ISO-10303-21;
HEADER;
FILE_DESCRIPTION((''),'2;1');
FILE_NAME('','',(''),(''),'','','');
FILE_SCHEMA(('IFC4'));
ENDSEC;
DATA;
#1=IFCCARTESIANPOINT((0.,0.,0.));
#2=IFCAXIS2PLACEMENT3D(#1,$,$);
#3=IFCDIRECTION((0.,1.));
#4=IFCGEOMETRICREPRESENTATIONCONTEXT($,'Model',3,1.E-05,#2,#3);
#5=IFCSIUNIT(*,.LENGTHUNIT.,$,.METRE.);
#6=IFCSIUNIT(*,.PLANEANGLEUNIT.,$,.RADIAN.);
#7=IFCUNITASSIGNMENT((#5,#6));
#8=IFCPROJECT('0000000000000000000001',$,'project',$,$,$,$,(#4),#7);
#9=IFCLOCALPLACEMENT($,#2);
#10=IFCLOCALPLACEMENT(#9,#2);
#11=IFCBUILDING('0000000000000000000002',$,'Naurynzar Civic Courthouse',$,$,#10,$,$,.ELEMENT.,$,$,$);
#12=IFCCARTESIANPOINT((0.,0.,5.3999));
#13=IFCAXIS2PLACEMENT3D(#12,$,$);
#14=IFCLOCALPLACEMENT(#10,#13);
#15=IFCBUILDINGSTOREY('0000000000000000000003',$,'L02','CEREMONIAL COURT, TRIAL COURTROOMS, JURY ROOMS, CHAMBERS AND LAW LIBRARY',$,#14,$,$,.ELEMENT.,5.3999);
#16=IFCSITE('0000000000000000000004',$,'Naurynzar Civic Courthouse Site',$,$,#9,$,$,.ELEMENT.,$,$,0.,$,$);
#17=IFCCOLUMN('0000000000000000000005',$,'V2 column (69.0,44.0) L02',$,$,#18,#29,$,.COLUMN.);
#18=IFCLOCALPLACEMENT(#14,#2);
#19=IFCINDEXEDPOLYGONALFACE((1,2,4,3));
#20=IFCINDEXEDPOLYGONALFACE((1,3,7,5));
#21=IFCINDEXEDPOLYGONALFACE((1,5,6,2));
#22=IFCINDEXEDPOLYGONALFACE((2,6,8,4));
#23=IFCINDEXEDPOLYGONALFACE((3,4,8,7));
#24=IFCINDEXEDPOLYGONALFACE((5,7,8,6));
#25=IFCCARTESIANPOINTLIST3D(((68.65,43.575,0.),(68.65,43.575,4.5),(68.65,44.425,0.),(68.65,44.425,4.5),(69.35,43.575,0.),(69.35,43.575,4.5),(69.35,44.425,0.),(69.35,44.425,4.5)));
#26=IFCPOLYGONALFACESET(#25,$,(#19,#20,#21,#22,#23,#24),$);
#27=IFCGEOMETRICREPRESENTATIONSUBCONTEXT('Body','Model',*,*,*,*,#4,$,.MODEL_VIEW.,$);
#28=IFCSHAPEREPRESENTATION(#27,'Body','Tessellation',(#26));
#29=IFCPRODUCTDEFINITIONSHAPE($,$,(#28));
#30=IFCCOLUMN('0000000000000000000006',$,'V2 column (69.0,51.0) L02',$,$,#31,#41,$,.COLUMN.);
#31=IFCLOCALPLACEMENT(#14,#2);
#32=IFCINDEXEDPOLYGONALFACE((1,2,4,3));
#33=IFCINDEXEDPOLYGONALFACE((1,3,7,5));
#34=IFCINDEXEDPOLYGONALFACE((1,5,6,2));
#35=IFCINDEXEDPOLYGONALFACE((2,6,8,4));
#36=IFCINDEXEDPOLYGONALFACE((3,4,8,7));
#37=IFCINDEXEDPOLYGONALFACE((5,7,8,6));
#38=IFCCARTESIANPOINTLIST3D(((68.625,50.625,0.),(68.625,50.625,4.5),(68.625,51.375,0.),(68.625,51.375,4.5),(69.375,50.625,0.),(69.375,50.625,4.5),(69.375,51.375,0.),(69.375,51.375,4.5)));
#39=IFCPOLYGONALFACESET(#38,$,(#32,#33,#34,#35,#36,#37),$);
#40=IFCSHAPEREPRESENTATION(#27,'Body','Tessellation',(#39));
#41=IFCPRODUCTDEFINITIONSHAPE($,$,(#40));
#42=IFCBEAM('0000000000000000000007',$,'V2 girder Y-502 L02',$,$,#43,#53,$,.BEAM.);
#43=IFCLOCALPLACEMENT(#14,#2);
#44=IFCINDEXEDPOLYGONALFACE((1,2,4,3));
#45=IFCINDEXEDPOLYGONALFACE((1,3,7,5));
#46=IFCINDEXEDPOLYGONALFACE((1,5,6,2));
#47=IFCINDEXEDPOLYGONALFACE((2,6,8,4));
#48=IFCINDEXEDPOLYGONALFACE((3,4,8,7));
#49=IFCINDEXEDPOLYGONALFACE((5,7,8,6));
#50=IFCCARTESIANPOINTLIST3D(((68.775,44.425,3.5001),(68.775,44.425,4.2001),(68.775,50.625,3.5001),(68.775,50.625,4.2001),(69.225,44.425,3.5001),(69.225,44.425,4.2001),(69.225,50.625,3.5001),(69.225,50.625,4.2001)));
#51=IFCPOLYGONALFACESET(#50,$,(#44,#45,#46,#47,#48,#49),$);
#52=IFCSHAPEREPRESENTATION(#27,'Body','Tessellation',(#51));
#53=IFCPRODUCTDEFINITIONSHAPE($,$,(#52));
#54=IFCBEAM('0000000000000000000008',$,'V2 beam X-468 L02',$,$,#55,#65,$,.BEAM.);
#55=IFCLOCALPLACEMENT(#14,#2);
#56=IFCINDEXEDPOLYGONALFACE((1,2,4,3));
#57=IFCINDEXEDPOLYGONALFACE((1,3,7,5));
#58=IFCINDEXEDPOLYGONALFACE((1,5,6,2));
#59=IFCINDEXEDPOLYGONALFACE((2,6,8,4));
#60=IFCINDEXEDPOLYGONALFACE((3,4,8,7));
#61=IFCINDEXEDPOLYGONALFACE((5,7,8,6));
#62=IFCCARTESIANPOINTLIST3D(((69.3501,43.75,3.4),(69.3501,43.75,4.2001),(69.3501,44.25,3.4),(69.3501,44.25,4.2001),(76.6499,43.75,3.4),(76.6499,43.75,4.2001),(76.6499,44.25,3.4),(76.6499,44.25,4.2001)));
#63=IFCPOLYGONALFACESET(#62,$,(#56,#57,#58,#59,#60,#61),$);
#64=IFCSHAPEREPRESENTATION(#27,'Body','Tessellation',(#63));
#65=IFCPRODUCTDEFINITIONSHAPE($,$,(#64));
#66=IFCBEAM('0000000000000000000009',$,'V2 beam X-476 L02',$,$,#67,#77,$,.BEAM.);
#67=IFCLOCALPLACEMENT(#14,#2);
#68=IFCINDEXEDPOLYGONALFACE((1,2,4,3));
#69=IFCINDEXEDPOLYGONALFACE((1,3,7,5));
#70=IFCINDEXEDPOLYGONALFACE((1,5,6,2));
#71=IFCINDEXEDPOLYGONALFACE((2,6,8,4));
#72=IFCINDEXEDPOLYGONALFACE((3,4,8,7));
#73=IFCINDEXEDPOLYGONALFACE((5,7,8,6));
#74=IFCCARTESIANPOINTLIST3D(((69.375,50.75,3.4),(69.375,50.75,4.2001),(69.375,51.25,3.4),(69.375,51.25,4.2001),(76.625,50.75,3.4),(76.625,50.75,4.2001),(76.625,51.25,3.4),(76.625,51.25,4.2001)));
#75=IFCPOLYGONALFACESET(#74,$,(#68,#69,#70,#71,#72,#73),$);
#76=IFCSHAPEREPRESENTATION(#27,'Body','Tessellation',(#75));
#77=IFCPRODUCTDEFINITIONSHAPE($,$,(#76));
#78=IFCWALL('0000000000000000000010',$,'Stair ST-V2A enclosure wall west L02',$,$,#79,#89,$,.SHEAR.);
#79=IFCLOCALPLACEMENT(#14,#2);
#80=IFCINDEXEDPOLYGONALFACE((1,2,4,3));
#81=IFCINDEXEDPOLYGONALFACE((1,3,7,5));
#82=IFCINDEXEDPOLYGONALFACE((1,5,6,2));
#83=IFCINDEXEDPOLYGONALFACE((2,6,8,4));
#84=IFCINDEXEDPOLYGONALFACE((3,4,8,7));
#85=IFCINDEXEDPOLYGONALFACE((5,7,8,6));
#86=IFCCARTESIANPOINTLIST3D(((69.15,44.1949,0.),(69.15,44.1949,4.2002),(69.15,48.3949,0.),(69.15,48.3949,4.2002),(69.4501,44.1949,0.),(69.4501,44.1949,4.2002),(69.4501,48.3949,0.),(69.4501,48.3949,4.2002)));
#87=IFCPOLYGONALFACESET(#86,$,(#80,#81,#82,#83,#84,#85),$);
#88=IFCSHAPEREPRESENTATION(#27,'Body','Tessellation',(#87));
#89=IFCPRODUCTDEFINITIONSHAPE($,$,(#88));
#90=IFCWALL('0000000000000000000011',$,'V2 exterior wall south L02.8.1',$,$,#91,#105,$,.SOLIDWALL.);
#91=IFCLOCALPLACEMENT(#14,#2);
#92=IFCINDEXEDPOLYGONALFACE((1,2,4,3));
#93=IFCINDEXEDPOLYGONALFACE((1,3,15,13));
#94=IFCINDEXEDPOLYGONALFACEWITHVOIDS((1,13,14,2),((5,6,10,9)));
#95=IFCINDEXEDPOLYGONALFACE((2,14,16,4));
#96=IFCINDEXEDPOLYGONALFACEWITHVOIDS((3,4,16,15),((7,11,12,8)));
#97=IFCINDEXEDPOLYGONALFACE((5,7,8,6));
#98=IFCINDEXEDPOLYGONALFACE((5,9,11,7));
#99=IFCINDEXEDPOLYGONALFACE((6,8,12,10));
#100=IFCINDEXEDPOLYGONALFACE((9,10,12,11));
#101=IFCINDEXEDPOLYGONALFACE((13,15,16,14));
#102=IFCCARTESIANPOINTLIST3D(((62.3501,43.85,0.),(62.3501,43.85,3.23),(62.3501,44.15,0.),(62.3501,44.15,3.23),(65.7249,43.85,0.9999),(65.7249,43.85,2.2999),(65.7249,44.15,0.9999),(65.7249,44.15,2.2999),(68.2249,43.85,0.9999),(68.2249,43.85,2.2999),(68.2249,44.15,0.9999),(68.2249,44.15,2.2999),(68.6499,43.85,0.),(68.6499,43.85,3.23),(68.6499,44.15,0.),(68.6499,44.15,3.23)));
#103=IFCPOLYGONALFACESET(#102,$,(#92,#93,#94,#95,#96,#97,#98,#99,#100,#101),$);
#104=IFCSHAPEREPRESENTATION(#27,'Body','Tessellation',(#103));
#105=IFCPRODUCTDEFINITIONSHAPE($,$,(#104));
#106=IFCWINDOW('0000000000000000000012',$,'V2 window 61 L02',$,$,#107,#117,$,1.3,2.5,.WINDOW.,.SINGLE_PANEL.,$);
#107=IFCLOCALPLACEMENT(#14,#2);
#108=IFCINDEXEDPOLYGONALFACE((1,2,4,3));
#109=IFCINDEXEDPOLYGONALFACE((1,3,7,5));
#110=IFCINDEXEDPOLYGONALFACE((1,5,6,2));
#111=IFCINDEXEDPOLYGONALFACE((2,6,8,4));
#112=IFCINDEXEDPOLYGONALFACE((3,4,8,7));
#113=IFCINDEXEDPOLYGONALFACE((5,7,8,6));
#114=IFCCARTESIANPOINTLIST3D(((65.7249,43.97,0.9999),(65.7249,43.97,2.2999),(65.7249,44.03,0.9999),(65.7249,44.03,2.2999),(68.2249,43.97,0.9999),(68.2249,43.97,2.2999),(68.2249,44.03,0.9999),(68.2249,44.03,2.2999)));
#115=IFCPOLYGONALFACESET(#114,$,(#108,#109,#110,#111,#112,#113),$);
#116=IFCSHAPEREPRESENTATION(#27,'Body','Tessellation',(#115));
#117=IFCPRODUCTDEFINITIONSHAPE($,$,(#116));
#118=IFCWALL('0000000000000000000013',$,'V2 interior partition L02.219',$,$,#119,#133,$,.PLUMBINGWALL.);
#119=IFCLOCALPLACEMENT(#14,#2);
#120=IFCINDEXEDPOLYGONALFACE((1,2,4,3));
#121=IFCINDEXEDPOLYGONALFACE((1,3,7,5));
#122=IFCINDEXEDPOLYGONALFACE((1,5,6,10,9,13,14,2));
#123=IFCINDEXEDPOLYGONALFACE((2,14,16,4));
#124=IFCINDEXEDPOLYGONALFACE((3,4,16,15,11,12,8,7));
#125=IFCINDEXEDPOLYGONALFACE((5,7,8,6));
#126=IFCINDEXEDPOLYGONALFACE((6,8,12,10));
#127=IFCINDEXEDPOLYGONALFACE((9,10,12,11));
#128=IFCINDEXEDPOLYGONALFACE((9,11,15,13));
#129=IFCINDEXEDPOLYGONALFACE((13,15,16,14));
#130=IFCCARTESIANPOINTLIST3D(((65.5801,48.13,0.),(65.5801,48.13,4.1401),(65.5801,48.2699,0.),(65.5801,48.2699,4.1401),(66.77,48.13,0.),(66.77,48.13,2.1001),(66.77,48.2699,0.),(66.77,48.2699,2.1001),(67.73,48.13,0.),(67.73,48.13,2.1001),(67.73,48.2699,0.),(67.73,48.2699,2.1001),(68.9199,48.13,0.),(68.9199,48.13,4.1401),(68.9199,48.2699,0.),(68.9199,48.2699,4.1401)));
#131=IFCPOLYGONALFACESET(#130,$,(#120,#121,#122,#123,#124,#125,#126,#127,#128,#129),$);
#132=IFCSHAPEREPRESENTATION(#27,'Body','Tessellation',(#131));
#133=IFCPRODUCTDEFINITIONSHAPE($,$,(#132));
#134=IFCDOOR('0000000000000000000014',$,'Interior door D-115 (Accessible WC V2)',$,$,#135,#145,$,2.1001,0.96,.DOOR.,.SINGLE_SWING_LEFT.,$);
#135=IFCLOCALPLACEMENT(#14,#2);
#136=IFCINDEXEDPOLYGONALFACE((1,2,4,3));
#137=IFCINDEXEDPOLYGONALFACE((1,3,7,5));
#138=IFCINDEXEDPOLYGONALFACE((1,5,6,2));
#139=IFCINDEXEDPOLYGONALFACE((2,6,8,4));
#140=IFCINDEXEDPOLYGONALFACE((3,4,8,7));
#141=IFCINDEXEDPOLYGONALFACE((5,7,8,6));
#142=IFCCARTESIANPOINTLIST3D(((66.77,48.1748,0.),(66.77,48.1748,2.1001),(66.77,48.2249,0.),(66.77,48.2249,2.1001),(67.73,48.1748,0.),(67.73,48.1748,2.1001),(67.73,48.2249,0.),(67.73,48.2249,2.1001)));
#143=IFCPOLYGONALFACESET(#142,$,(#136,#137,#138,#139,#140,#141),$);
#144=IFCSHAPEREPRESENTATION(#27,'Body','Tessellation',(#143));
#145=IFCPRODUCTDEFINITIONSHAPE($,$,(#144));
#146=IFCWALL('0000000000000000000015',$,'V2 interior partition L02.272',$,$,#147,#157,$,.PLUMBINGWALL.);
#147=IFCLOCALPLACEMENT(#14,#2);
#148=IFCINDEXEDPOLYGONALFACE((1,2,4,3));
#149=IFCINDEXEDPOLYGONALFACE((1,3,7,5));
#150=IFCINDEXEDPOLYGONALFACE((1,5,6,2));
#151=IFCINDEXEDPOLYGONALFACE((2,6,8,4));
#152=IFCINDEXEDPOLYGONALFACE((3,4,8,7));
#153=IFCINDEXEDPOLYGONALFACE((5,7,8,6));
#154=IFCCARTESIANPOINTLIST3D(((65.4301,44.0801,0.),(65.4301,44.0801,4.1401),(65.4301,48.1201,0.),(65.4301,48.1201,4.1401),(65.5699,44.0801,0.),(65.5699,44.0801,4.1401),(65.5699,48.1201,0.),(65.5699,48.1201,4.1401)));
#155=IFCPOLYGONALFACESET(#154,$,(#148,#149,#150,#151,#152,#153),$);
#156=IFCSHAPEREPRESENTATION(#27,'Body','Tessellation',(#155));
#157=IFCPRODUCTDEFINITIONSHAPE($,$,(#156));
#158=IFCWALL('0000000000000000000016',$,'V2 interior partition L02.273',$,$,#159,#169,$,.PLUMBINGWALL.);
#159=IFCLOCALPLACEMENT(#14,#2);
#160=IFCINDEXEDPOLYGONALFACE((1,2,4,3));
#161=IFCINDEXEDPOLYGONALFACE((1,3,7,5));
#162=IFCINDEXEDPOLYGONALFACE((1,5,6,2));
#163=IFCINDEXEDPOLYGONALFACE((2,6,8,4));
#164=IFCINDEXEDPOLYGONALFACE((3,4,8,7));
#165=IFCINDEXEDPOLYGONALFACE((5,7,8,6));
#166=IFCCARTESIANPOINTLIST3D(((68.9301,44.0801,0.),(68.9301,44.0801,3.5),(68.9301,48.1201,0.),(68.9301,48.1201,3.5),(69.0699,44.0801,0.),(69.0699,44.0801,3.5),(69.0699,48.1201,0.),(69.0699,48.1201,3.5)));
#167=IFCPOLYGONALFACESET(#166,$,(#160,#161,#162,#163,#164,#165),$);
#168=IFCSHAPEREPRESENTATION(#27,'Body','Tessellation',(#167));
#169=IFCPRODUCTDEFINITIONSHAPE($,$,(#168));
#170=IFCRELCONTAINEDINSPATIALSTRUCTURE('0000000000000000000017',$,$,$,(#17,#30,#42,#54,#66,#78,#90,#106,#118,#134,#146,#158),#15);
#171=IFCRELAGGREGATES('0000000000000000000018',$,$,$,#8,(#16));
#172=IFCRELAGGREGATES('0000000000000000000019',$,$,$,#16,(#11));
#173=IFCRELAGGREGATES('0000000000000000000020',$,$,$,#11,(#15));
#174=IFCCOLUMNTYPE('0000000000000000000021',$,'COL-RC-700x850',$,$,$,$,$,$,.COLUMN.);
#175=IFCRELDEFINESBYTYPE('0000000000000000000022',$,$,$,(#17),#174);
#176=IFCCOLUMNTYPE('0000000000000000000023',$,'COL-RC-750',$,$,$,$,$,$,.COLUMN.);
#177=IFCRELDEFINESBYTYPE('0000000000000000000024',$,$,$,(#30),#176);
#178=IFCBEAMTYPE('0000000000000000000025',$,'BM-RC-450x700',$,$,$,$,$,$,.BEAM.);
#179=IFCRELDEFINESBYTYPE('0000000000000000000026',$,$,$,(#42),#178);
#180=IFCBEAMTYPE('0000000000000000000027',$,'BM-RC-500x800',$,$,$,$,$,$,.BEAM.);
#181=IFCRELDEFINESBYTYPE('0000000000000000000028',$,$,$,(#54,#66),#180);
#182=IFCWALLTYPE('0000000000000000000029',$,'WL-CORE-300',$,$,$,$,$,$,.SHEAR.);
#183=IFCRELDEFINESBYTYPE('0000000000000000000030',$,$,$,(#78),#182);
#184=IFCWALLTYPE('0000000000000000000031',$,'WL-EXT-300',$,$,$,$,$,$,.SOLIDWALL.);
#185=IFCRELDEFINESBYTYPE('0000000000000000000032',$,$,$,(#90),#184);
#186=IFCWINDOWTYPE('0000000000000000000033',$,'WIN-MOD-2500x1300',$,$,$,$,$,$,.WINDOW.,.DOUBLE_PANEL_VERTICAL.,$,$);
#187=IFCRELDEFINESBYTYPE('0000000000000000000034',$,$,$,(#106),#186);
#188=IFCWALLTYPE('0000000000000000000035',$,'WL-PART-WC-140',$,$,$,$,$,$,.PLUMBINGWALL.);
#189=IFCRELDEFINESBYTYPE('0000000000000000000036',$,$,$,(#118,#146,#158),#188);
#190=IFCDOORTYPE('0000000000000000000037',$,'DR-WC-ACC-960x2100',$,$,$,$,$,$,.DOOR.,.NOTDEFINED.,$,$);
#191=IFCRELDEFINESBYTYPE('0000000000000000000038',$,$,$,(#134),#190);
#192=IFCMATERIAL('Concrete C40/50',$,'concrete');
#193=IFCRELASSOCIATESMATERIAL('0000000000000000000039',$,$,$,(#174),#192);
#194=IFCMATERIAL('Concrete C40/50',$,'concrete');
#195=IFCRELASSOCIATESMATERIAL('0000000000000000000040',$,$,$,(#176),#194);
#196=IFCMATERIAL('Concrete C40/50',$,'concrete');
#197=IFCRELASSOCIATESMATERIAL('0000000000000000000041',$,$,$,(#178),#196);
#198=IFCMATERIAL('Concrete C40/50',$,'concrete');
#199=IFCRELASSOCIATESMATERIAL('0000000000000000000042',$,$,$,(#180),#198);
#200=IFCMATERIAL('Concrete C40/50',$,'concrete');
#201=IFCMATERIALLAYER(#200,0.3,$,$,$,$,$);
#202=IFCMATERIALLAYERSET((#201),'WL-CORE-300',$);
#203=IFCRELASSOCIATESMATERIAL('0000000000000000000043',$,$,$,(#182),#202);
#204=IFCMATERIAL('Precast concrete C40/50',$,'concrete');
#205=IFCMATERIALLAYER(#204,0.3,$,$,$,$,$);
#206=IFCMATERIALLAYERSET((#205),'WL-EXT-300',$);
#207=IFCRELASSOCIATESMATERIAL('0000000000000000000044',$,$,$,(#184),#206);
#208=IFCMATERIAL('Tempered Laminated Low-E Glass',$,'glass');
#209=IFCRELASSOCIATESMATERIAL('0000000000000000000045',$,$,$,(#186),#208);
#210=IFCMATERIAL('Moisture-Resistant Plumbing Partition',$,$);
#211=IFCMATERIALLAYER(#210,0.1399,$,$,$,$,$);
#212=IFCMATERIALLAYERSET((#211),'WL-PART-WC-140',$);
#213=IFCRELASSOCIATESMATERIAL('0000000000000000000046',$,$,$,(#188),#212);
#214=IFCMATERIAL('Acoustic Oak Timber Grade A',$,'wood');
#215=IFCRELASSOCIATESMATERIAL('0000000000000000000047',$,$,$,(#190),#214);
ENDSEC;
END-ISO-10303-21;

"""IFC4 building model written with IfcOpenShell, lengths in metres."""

from ifc_helpers import new_model, si_unit, direction, frame, frame_2d, origin, origin_2d, place, context, subcontext, project, spatial, rectangle, extrude, material, layer, layer_set, material_profile, profile_set, type_object, element, fill, save


model = new_model("IFC4")

# Units and contexts
model_context = context("Model", 3, precision=1e-05, world=origin(), true_north=direction((0.0, 1.0)))
body_context = subcontext(model_context, "Body", "Model", "MODEL_VIEW")
ifc_project = project(units=[si_unit("LENGTHUNIT", "METRE"), si_unit("PLANEANGLEUNIT", "RADIAN")], contexts=[model_context])

# Site, building, storey
site_placement = place(None, origin())
site = spatial("IfcSite", under=ifc_project, at=site_placement, Name="Naurynzar Civic Courthouse Site", CompositionType="ELEMENT", RefElevation=0.0)
building_placement = place(site_placement, origin())
building = spatial("IfcBuilding", under=site, at=building_placement, Name="Naurynzar Civic Courthouse", CompositionType="ELEMENT")
storey_placement = place(building_placement, frame((0.0, 0.0, 5.3999)))
storey = spatial("IfcBuildingStorey", under=building, at=storey_placement, Name="L02", Description="CEREMONIAL COURT, TRIAL COURTROOMS, JURY ROOMS, CHAMBERS AND LAW LIBRARY", CompositionType="ELEMENT", Elevation=5.3999)

# Columns
ifc_material_1 = material(Name="Concrete C40/50", Category="concrete")
ifc_material_profile_1 = material_profile(ifc_material_1, rectangle(XDim=0.7, YDim=0.8501, at=origin_2d()), Name="RC 700x850")
ifc_profile_set_1 = profile_set([ifc_material_profile_1], Name="Concrete C40/50")
column_type_1 = type_object("IfcColumnType", Name="COL-RC-700x850", PredefinedType="COLUMN", material=ifc_profile_set_1)
column_1_placement = place(storey_placement, frame((69.0, 44.0, 0.0), z_axis=(0.0, 0.0, 1.0), x_axis=(1.0, 0.0, 0.0)))
element("IfcColumn", 1, at=column_1_placement, inside=storey, type_object=column_type_1, Name="V2 column (69.0,44.0) L02", PredefinedType="COLUMN", context=body_context, shape_type="SweptSolid", body=[
    extrude(rectangle(XDim=0.7, YDim=0.8501, at=origin_2d()), origin(), (0.0, 0.0, 1.0), 4.5),
])
ifc_material_2 = material(Name="Concrete C40/50", Category="concrete")
ifc_material_profile_2 = material_profile(ifc_material_2, rectangle(XDim=0.75, YDim=0.75, at=origin_2d()), Name="RC 750x750")
ifc_profile_set_2 = profile_set([ifc_material_profile_2], Name="Concrete C40/50")
column_type_2 = type_object("IfcColumnType", Name="COL-RC-750", PredefinedType="COLUMN", material=ifc_profile_set_2)
column_2_placement = place(storey_placement, frame((69.0, 51.0, 0.0), z_axis=(0.0, 0.0, 1.0), x_axis=(1.0, 0.0, 0.0)))
element("IfcColumn", 2, at=column_2_placement, inside=storey, type_object=column_type_2, Name="V2 column (69.0,51.0) L02", PredefinedType="COLUMN", context=body_context, shape_type="SweptSolid", body=[
    extrude(rectangle(XDim=0.75, YDim=0.75, at=origin_2d()), origin(), (0.0, 0.0, 1.0), 4.5),
])

# Beams
ifc_material_3 = material(Name="Concrete C40/50", Category="concrete")
ifc_material_profile_3 = material_profile(ifc_material_3, rectangle(XDim=0.45, YDim=0.7, at=origin_2d()), Name="RCB 450x700")
ifc_profile_set_3 = profile_set([ifc_material_profile_3], Name="Concrete C40/50")
beam_type_1 = type_object("IfcBeamType", Name="BM-RC-450x700", PredefinedType="BEAM", material=ifc_profile_set_3)
beam_1_placement = place(storey_placement, frame((69.0, 44.425, 3.8501), z_axis=(0.0, 1.0, 0.0), x_axis=(-1.0, 0.0, 0.0)))
element("IfcBeam", 3, at=beam_1_placement, inside=storey, type_object=beam_type_1, Name="V2 girder Y-502 L02", PredefinedType="BEAM", context=body_context, shape_type="SweptSolid", body=[
    extrude(rectangle(XDim=0.45, YDim=0.7, at=origin_2d()), origin(), (0.0, 0.0, 1.0), 6.2),
])
ifc_material_4 = material(Name="Concrete C40/50", Category="concrete")
ifc_material_profile_4 = material_profile(ifc_material_4, rectangle(XDim=0.5, YDim=0.8, at=origin_2d()), Name="RCB 500x800")
ifc_profile_set_4 = profile_set([ifc_material_profile_4], Name="Concrete C40/50")
beam_type_2 = type_object("IfcBeamType", Name="BM-RC-500x800", PredefinedType="BEAM", material=ifc_profile_set_4)
beam_2_placement = place(storey_placement, frame((69.3501, 44.0, 3.8), z_axis=(1.0, 0.0, 0.0), x_axis=(0.0, 1.0, 0.0)))
element("IfcBeam", 4, at=beam_2_placement, inside=storey, type_object=beam_type_2, Name="V2 beam X-468 L02", PredefinedType="BEAM", context=body_context, shape_type="SweptSolid", body=[
    extrude(rectangle(XDim=0.5, YDim=0.8, at=origin_2d()), origin(), (0.0, 0.0, 1.0), 7.2998),
])
beam_3_placement = place(storey_placement, frame((69.375, 51.0, 3.8), z_axis=(1.0, 0.0, 0.0), x_axis=(0.0, 1.0, 0.0)))
element("IfcBeam", 5, at=beam_3_placement, inside=storey, type_object=beam_type_2, Name="V2 beam X-476 L02", PredefinedType="BEAM", context=body_context, shape_type="SweptSolid", body=[
    extrude(rectangle(XDim=0.5, YDim=0.8, at=origin_2d()), origin(), (0.0, 0.0, 1.0), 7.25),
])

# Wall
ifc_material_5 = material(Name="Concrete C40/50", Category="concrete")
ifc_layer_1 = layer(ifc_material_5, 0.3)
ifc_layer_set_1 = layer_set([ifc_layer_1], Name="WL-CORE-300")
wall_type_1 = type_object("IfcWallType", Name="WL-CORE-300", PredefinedType="SHEAR", material=ifc_layer_set_1)
wall_1_placement = place(storey_placement, frame((69.3, 48.395, 0.0), z_axis=(0.0, 0.0, 1.0), x_axis=(0.0, -1.0, 0.0)))
element("IfcWall", 6, at=wall_1_placement, inside=storey, type_object=wall_type_1, Name="Stair ST-V2A enclosure wall west L02", PredefinedType="SHEAR", context=body_context, shape_type="SweptSolid", body=[
    extrude(rectangle(XDim=4.2, YDim=0.3, at=frame_2d((2.1001, 0.0))), origin(), (0.0, 0.0, 1.0), 4.2002),
])

# Wall, opening, window
ifc_material_6 = material(Name="Precast concrete C40/50", Category="concrete")
ifc_layer_2 = layer(ifc_material_6, 0.3)
ifc_layer_set_2 = layer_set([ifc_layer_2], Name="WL-EXT-300")
wall_type_2 = type_object("IfcWallType", Name="WL-EXT-300", PredefinedType="SOLIDWALL", material=ifc_layer_set_2)
wall_2_placement = place(storey_placement, frame((68.6499, 44.0, 0.0), z_axis=(0.0, 0.0, 1.0), x_axis=(-1.0, 0.0, 0.0)))
wall_2 = element("IfcWall", 7, at=wall_2_placement, inside=storey, type_object=wall_type_2, Name="V2 exterior wall south L02.8.1", PredefinedType="SOLIDWALL", context=body_context, shape_type="SweptSolid", body=[
    extrude(rectangle(XDim=6.2998, YDim=0.3, at=frame_2d((3.1499, 0.0))), origin(), (0.0, 0.0, 1.0), 3.23),
])
opening_1_placement = place(wall_2_placement, frame((0.425, 0.0, 1.0)))
opening_1 = element("IfcOpeningElement", 8, at=opening_1_placement, cuts=wall_2, PredefinedType="OPENING", context=body_context, shape_type="SweptSolid", body=[
    extrude(rectangle(XDim=2.5, YDim=1.3, at=frame_2d((1.25, 0.6499))), frame((0.0, 0.1599, 0.0), z_axis=(0.0, -1.0, 0.0), x_axis=(1.0, 0.0, 0.0)), (0.0, 0.0, 1.0), 0.3201),
])
ifc_material_7 = material(Name="Tempered Laminated Low-E Glass", Category="glass")
window_type_1 = type_object("IfcWindowType", Name="WIN-MOD-2500x1300", PartitioningType="DOUBLE_PANEL_VERTICAL", PredefinedType="WINDOW", material=ifc_material_7)
window_1_placement = place(opening_1_placement, origin())
window_1 = element("IfcWindow", 9, at=window_1_placement, inside=storey, type_object=window_type_1, Name="V2 window 61 L02", OverallHeight=1.3, OverallWidth=2.5, PartitioningType="SINGLE_PANEL", PredefinedType="WINDOW", context=body_context, shape_type="SweptSolid", body=[
    extrude(rectangle(XDim=2.5, YDim=1.3, at=frame_2d((1.25, 0.6499))), frame((0.0, 0.03, 0.0), z_axis=(0.0, -1.0, 0.0), x_axis=(1.0, 0.0, 0.0)), (0.0, 0.0, 1.0), 0.0601),
])
fill(opening_1, window_1)

# Wall, opening, door
ifc_material_8 = material(Name="Moisture-Resistant Plumbing Partition")
ifc_layer_3 = layer(ifc_material_8, 0.1399)
ifc_layer_set_3 = layer_set([ifc_layer_3], Name="WL-PART-WC-140")
wall_type_3 = type_object("IfcWallType", Name="WL-PART-WC-140", PredefinedType="PLUMBINGWALL", material=ifc_layer_set_3)
wall_3_placement = place(storey_placement, frame((65.5801, 48.2, 0.0), z_axis=(0.0, 0.0, 1.0), x_axis=(1.0, 0.0, 0.0)))
wall_3 = element("IfcWall", 10, at=wall_3_placement, inside=storey, type_object=wall_type_3, Name="V2 interior partition L02.219", PredefinedType="PLUMBINGWALL", context=body_context, shape_type="SweptSolid", body=[
    extrude(rectangle(XDim=3.3398, YDim=0.1399, at=frame_2d((1.6699, 0.0))), origin(), (0.0, 0.0, 1.0), 4.1401),
])
opening_2_placement = place(wall_3_placement, frame((1.1899, 0.0, 0.0)))
opening_2 = element("IfcOpeningElement", 11, at=opening_2_placement, cuts=wall_3, PredefinedType="OPENING", context=body_context, shape_type="SweptSolid", body=[
    extrude(rectangle(XDim=0.96, YDim=2.1001, at=frame_2d((0.48, 1.05))), frame((0.0, 0.0798, 0.0), z_axis=(0.0, -1.0, 0.0), x_axis=(1.0, 0.0, 0.0)), (0.0, 0.0, 1.0), 0.1599),
])
ifc_material_9 = material(Name="Acoustic Oak Timber Grade A", Category="wood")
door_type = type_object("IfcDoorType", Name="DR-WC-ACC-960x2100", OperationType="NOTDEFINED", PredefinedType="DOOR", material=ifc_material_9)
door_placement = place(opening_2_placement, origin())
door = element("IfcDoor", 12, at=door_placement, inside=storey, type_object=door_type, Name="Interior door D-115 (Accessible WC V2)", OperationType="SINGLE_SWING_LEFT", OverallHeight=2.1001, OverallWidth=0.96, PredefinedType="DOOR", context=body_context, shape_type="SweptSolid", body=[
    extrude(rectangle(XDim=0.96, YDim=2.1001, at=frame_2d((0.48, 1.05))), frame((0.0, 0.0249, 0.0), z_axis=(0.0, -1.0, 0.0), x_axis=(1.0, 0.0, 0.0)), (0.0, 0.0, 1.0), 0.05),
])
fill(opening_2, door)

# Walls
wall_4_placement = place(storey_placement, frame((65.5, 44.0801, 0.0), z_axis=(0.0, 0.0, 1.0), x_axis=(0.0, 1.0, 0.0)))
element("IfcWall", 13, at=wall_4_placement, inside=storey, type_object=wall_type_3, Name="V2 interior partition L02.272", PredefinedType="PLUMBINGWALL", context=body_context, shape_type="SweptSolid", body=[
    extrude(rectangle(XDim=4.04, YDim=0.1399, at=frame_2d((2.02, 0.0))), origin(), (0.0, 0.0, 1.0), 4.1401),
])
wall_5_placement = place(storey_placement, frame((69.0, 44.0801, 0.0), z_axis=(0.0, 0.0, 1.0), x_axis=(0.0, 1.0, 0.0)))
element("IfcWall", 14, at=wall_5_placement, inside=storey, type_object=wall_type_3, Name="V2 interior partition L02.273", PredefinedType="PLUMBINGWALL", context=body_context, shape_type="SweptSolid", body=[
    extrude(rectangle(XDim=4.04, YDim=0.1399, at=frame_2d((2.02, 0.0))), origin(), (0.0, 0.0, 1.0), 3.5),
])

save(model, "model.ifc")
